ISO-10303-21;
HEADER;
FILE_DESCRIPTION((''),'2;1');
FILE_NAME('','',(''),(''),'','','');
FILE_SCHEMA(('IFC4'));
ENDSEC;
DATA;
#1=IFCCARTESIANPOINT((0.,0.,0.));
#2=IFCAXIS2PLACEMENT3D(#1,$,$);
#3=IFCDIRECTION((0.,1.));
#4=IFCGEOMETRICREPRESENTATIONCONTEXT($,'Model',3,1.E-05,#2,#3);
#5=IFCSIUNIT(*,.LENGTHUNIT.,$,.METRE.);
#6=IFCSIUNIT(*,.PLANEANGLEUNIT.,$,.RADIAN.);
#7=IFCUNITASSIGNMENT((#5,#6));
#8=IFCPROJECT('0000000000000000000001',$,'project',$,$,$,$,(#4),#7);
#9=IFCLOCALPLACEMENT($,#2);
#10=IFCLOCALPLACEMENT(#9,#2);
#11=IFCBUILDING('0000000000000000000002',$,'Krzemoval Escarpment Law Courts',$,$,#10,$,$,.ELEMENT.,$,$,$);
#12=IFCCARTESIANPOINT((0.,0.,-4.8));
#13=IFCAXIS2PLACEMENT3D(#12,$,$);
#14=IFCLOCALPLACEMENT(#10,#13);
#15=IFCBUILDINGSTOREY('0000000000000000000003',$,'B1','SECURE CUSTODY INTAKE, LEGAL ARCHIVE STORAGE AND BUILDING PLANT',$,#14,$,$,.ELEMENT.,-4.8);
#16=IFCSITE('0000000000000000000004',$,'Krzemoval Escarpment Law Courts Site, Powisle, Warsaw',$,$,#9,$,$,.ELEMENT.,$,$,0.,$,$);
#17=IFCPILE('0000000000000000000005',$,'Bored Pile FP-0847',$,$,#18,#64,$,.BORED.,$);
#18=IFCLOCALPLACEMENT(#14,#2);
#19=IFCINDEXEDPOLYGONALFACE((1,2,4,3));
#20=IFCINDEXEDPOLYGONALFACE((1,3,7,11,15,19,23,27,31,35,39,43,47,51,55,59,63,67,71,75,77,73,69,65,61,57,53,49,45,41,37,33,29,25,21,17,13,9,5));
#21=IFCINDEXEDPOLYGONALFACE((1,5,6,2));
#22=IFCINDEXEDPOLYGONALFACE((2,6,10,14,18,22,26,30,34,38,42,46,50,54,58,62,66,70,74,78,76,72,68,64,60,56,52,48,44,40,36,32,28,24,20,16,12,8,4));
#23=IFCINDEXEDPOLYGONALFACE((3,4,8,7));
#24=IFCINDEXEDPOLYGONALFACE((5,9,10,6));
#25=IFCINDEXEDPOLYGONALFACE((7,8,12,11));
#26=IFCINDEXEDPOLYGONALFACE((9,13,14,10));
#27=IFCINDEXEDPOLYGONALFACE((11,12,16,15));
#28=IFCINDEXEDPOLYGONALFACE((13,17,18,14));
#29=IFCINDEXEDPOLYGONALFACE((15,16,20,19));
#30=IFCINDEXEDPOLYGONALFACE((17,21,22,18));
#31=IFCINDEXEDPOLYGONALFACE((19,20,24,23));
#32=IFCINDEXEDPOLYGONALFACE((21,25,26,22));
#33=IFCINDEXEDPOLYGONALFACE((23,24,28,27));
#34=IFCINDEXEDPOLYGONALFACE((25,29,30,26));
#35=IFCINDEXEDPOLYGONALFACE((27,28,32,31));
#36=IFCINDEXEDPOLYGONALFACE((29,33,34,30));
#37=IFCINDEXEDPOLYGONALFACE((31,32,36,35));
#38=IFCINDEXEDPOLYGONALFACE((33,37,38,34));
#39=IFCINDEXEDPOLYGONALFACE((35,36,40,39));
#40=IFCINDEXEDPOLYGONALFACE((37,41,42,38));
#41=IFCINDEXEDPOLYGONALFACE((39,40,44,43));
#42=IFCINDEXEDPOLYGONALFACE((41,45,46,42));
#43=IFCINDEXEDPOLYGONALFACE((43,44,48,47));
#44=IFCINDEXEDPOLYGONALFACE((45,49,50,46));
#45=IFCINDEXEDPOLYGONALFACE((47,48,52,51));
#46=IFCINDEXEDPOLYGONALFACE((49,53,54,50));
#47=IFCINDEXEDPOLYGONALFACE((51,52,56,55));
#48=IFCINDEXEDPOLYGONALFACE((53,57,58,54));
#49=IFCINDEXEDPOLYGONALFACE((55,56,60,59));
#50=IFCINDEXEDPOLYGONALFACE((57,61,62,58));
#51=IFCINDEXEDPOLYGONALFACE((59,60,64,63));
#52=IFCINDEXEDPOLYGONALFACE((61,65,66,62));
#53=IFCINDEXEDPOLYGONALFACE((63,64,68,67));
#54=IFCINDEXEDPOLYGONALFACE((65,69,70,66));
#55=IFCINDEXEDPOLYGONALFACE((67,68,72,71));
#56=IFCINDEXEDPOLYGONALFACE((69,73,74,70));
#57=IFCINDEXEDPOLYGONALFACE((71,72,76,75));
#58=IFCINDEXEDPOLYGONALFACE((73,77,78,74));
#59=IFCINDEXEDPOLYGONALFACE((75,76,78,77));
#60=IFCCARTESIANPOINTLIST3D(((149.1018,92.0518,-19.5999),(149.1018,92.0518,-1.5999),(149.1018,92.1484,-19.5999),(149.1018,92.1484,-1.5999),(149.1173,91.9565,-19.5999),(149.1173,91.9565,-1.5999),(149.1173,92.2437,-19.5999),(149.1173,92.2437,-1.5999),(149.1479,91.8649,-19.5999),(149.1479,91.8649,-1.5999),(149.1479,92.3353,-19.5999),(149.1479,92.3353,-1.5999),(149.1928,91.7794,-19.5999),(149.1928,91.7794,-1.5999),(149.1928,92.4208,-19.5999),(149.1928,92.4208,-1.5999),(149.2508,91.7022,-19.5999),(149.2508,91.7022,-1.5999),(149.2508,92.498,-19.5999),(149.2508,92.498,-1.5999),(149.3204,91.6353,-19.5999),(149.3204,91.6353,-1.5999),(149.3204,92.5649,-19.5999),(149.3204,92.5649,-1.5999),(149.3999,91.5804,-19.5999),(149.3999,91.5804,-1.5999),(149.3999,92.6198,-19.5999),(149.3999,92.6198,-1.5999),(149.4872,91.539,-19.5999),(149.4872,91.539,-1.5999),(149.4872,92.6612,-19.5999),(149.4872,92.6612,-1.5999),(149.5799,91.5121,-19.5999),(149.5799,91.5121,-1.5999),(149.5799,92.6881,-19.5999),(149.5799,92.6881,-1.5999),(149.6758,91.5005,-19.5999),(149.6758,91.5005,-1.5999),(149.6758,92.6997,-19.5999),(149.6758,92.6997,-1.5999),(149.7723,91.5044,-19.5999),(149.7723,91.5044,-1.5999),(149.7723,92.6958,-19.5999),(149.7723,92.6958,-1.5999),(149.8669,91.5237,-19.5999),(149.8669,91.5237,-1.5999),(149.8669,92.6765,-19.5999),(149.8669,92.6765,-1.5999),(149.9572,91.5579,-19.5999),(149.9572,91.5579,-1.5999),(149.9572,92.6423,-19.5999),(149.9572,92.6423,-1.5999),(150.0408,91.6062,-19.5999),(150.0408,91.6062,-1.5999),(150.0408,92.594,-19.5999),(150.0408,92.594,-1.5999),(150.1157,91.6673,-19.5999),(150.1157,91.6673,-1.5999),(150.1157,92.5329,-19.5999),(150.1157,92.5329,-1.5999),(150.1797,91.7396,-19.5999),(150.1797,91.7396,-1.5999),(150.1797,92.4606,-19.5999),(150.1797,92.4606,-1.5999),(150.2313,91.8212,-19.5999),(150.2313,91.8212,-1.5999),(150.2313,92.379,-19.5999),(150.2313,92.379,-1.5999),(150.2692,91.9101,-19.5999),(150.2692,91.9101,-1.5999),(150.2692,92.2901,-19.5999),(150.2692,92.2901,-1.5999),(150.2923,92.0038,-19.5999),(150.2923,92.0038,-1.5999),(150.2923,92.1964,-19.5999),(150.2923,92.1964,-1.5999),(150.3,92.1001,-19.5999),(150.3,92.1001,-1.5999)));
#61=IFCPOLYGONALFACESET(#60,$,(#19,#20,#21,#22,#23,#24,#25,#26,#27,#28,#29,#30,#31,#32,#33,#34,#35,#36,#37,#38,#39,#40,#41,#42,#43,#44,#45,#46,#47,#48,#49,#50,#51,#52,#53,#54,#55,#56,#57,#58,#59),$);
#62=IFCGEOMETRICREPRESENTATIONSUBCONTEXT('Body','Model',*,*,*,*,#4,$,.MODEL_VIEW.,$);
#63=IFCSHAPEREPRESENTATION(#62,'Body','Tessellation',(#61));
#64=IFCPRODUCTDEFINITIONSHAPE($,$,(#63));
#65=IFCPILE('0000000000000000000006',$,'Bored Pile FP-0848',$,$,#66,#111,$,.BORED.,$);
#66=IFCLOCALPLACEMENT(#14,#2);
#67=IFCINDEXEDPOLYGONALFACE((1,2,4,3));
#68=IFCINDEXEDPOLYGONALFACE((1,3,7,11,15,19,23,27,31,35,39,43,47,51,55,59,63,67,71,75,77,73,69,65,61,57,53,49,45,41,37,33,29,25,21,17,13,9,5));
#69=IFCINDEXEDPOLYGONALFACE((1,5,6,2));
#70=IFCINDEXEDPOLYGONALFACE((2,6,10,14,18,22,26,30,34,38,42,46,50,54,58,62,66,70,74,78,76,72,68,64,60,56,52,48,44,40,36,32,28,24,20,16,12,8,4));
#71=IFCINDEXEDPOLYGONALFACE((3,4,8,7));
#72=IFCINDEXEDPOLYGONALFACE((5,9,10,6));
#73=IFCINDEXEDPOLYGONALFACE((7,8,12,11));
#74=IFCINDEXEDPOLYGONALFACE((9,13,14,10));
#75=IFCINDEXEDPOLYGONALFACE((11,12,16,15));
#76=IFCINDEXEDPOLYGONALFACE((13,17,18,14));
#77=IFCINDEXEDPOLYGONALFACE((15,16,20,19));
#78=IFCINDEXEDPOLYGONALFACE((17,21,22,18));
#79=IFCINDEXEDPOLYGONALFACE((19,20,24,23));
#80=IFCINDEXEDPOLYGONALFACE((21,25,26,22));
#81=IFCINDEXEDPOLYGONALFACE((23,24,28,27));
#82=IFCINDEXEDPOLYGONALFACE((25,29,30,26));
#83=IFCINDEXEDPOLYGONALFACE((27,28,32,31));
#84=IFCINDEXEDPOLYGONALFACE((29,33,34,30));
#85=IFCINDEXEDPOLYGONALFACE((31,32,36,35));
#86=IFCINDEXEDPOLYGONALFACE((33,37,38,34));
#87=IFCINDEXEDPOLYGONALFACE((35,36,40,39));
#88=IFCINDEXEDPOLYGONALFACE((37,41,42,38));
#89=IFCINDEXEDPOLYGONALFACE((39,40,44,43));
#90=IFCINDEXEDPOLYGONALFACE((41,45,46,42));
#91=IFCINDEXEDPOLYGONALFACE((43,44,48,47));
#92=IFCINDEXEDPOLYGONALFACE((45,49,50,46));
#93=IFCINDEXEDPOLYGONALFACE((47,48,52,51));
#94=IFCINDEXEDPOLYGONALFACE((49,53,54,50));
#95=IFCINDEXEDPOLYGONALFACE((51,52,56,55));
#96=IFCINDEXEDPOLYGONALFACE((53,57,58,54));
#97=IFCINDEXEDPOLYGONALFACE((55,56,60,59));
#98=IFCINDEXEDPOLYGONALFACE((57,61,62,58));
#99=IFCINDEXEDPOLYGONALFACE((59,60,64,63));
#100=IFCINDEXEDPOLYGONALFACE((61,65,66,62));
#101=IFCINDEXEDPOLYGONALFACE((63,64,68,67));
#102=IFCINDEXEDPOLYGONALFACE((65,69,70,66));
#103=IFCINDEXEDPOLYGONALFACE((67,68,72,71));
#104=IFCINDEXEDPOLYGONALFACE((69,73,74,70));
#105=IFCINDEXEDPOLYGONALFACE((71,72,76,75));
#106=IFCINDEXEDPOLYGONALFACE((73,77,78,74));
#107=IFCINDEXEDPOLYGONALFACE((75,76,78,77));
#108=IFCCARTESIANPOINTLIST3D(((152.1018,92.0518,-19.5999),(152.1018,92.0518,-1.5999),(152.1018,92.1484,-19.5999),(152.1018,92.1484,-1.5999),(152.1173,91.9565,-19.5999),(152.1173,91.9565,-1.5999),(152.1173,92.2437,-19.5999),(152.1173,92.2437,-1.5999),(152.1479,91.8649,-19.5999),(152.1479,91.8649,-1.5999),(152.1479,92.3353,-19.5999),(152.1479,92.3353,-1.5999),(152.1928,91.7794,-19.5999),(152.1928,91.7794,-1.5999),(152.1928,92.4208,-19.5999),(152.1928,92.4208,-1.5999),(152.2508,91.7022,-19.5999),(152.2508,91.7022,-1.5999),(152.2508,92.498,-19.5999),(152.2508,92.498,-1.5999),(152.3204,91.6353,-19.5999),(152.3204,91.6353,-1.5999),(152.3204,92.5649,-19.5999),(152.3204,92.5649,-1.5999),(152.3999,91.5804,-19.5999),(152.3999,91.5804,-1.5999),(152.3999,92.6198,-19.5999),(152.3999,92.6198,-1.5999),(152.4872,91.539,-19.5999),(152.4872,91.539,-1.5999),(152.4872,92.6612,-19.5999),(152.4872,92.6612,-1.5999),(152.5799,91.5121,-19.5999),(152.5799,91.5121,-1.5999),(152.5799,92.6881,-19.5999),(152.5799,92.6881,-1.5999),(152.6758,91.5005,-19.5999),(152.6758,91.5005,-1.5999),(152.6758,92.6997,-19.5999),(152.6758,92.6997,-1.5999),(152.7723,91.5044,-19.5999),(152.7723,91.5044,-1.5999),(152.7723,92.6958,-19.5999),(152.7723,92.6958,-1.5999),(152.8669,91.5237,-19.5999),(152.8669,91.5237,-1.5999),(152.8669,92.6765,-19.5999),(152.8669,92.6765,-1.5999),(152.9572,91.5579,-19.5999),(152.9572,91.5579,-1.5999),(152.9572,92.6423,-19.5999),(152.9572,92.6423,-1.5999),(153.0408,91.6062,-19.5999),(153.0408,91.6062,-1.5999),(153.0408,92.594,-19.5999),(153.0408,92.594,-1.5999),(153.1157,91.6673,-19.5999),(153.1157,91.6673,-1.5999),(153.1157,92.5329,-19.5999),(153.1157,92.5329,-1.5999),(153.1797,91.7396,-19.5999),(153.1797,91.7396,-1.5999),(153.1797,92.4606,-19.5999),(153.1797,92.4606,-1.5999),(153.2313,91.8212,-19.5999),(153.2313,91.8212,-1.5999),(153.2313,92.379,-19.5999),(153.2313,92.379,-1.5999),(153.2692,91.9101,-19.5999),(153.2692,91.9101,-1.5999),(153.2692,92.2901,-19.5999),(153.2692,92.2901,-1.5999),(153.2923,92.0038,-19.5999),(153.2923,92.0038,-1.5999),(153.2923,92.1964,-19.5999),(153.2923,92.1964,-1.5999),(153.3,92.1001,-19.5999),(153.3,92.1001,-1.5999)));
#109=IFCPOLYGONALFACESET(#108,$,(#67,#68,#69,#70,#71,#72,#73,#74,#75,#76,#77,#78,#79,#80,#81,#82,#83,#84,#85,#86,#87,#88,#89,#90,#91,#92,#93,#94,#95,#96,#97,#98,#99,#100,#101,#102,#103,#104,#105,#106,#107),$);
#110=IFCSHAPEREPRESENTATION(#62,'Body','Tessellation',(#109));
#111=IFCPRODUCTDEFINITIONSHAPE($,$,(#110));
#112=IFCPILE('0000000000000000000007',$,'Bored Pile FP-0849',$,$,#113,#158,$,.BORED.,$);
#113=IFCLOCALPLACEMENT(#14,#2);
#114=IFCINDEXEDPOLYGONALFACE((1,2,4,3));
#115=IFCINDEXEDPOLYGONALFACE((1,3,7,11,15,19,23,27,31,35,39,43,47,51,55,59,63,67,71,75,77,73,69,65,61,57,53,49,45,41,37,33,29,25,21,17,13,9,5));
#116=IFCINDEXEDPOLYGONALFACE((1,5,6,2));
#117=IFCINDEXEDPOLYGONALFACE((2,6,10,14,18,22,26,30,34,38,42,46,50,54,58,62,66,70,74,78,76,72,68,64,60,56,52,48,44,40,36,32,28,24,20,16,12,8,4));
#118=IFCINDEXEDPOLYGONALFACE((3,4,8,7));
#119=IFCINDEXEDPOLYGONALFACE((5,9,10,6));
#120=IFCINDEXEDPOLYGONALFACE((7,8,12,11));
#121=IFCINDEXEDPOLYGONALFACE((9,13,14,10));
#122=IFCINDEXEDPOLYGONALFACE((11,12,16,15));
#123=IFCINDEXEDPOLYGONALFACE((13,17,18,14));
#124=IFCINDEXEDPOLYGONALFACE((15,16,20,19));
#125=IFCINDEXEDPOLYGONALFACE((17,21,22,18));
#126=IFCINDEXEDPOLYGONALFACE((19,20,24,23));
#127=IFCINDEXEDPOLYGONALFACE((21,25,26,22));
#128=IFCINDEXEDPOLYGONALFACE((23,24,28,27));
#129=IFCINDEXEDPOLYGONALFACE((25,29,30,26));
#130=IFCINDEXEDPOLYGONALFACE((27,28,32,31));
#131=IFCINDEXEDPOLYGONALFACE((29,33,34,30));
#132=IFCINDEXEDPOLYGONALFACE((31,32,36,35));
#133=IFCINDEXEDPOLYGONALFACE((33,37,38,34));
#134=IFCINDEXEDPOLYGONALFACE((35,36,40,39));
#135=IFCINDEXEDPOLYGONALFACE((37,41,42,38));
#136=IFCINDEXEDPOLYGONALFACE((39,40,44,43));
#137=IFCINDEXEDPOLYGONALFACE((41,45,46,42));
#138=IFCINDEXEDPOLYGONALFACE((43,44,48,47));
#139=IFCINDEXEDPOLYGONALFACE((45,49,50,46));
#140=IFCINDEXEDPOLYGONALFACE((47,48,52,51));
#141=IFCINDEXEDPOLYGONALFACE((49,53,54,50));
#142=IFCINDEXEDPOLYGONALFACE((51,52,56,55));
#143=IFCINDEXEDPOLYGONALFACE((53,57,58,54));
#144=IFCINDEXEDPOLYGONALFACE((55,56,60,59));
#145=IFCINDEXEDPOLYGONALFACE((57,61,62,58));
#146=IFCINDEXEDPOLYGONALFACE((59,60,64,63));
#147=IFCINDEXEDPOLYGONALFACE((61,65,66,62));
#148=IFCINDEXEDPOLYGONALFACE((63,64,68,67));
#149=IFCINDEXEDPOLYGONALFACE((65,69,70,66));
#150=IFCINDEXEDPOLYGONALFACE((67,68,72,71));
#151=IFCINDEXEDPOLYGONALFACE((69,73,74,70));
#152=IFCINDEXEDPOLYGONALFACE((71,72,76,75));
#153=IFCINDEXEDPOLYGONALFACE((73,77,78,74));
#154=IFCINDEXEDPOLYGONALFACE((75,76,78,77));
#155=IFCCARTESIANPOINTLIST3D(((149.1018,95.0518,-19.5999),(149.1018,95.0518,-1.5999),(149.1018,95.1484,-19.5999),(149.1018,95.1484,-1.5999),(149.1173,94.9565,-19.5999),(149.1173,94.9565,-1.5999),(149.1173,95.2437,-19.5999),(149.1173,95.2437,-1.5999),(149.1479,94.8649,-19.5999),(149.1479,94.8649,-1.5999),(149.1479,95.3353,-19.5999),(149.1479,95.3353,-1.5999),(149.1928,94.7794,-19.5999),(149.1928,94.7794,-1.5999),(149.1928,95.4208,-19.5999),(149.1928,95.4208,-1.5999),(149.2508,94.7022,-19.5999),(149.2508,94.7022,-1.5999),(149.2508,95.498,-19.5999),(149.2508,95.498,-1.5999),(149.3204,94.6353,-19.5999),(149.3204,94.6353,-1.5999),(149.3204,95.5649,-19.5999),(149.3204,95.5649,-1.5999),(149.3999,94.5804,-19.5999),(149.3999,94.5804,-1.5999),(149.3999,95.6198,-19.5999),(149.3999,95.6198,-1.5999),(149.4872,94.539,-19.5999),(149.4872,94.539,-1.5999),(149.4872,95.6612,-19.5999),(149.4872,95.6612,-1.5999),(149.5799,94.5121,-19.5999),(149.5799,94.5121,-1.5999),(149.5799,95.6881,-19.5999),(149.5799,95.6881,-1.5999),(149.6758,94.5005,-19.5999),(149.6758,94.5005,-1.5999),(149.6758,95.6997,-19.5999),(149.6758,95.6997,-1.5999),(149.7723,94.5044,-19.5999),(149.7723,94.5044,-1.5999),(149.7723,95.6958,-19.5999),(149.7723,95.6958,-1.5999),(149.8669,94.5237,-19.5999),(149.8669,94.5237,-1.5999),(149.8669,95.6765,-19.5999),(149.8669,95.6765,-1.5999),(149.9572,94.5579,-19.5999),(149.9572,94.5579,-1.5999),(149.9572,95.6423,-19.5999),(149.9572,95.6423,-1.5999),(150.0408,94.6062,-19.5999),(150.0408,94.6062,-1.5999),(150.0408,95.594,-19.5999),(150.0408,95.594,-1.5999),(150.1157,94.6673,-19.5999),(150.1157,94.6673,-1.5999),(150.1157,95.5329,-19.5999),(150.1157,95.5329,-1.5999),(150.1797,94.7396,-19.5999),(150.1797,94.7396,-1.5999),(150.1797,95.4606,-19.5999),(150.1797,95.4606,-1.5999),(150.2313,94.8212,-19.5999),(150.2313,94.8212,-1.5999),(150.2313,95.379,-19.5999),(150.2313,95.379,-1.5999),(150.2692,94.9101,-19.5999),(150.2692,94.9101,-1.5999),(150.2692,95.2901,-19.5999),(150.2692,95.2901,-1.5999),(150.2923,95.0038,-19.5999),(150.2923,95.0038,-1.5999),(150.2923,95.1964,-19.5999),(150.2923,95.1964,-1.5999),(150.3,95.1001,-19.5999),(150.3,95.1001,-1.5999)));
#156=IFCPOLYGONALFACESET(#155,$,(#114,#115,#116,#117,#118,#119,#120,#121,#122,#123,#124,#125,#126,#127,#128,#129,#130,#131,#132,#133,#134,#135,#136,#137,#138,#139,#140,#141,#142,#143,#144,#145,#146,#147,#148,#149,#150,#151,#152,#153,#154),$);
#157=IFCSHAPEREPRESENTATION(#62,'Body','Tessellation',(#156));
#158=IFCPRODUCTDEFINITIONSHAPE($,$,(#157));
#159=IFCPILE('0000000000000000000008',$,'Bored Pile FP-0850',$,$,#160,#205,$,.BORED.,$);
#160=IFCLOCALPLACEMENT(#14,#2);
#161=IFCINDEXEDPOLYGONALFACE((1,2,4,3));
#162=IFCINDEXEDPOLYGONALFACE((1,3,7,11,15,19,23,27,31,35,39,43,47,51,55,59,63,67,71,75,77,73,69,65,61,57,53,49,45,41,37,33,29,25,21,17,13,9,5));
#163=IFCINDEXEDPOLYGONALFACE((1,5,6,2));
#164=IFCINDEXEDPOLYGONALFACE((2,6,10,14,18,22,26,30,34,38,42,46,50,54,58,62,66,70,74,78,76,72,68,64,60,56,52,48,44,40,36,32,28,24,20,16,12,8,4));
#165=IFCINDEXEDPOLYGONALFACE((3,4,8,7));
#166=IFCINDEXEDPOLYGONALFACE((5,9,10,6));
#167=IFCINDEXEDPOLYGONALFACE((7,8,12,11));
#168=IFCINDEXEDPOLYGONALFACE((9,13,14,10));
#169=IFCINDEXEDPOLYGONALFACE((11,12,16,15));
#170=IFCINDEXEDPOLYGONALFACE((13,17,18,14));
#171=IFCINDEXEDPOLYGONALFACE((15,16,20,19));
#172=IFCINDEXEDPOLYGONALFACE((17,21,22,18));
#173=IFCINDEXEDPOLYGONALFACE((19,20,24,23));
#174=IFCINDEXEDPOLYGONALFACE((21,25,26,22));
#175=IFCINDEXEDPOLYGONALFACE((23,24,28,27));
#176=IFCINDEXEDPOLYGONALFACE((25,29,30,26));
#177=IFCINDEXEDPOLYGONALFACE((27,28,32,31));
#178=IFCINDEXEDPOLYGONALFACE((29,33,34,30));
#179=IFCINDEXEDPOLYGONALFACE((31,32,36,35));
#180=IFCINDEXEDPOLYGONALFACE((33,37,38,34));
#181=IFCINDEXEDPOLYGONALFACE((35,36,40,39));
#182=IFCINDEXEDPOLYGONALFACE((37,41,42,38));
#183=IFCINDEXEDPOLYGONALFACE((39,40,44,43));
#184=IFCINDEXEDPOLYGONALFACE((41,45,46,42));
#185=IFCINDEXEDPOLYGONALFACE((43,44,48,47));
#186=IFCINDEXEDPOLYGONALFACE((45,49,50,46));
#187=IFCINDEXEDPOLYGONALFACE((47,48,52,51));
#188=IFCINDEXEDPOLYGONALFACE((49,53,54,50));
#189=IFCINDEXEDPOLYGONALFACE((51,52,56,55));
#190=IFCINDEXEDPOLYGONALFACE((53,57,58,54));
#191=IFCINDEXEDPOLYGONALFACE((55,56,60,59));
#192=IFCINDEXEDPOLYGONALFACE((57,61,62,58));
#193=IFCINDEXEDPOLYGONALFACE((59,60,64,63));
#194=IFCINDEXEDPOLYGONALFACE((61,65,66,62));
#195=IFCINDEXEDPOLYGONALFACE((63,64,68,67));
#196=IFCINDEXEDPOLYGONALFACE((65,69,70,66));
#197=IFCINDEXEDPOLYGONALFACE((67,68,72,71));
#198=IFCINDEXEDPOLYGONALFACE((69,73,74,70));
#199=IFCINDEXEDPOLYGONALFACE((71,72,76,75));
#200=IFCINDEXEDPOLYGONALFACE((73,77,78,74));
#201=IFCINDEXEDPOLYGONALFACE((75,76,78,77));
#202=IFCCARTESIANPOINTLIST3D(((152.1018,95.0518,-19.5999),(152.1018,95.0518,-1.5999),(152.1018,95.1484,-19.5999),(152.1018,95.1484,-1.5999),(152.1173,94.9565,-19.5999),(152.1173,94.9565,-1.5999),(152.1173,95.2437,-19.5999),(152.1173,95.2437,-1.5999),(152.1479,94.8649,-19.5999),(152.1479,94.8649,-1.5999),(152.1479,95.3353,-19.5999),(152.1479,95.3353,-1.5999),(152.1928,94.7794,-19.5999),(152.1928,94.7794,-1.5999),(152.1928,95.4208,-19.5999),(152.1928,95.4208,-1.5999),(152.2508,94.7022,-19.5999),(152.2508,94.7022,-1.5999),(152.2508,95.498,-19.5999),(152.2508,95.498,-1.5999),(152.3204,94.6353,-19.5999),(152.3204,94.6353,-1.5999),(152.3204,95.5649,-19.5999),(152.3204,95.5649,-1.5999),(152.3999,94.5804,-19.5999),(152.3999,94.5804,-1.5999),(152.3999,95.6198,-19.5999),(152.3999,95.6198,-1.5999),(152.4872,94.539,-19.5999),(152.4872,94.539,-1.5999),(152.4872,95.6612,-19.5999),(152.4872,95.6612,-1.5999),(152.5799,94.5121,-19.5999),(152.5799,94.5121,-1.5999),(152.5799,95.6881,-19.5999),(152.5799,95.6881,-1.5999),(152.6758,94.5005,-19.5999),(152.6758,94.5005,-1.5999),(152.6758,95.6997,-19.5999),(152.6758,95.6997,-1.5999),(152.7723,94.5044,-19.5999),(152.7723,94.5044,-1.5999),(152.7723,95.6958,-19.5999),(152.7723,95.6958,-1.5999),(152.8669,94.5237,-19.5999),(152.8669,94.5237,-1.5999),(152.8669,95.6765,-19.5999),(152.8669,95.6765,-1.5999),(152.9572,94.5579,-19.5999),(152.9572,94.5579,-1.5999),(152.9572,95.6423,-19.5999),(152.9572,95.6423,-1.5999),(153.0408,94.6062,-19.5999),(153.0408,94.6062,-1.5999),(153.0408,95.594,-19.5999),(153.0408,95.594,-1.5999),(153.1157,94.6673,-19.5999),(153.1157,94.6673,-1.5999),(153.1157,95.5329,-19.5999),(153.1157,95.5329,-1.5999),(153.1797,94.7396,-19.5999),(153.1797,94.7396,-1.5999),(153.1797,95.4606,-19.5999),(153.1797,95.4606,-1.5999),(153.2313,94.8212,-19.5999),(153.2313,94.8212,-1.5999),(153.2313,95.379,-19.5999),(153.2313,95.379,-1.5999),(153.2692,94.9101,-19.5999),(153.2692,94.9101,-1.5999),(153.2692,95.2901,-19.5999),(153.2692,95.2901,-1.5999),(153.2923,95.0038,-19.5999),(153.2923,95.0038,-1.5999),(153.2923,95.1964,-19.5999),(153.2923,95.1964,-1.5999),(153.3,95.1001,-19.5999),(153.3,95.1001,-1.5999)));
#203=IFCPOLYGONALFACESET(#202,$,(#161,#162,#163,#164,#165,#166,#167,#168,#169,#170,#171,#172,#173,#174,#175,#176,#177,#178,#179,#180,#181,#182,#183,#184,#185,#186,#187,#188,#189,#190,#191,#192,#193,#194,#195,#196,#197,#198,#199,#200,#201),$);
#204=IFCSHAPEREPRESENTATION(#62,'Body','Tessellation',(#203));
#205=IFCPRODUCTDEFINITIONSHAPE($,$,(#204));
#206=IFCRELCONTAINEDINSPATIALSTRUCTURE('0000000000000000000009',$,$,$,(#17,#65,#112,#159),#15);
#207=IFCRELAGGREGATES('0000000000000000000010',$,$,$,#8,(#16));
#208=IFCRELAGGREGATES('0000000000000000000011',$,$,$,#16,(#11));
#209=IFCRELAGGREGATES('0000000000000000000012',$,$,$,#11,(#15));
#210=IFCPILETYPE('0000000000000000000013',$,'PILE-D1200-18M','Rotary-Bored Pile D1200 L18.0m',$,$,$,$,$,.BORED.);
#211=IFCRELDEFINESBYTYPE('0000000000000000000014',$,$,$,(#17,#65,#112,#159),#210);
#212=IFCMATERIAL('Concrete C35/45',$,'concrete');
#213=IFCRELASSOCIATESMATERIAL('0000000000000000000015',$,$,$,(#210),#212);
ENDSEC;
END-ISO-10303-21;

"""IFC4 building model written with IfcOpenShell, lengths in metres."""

from ifc_helpers import new_model, si_unit, direction, frame, origin, origin_2d, place, context, subcontext, project, spatial, circle, extrude, material, material_profile, profile_set, type_object, element, save


model = new_model("IFC4")

# Units and contexts
model_context = context("Model", 3, precision=1e-05, world=origin(), true_north=direction((0.0, 1.0)))
body_context = subcontext(model_context, "Body", "Model", "MODEL_VIEW")
ifc_project = project(units=[si_unit("LENGTHUNIT", "METRE"), si_unit("PLANEANGLEUNIT", "RADIAN")], contexts=[model_context])

# Site, building, storey
site_placement = place(None, origin())
site = spatial("IfcSite", under=ifc_project, at=site_placement, Name="Krzemoval Escarpment Law Courts Site, Powisle, Warsaw", CompositionType="ELEMENT", RefElevation=0.0)
building_placement = place(site_placement, origin())
building = spatial("IfcBuilding", under=site, at=building_placement, Name="Krzemoval Escarpment Law Courts", CompositionType="ELEMENT")
storey_placement = place(building_placement, frame((0.0, 0.0, -4.8)))
storey = spatial("IfcBuildingStorey", under=building, at=storey_placement, Name="B1", Description="SECURE CUSTODY INTAKE, LEGAL ARCHIVE STORAGE AND BUILDING PLANT", CompositionType="ELEMENT", Elevation=-4.8)

# Piles
ifc_material_1 = material(Name="Concrete C35/45", Category="concrete")
ifc_material_profile_1 = material_profile(ifc_material_1, circle(Radius=0.6001, at=origin_2d()), Name="PILE D1200")
ifc_profile_set_1 = profile_set([ifc_material_profile_1], Name="Concrete C35/45")
pile_type = type_object("IfcPileType", Name="PILE-D1200-18M", Description="Rotary-Bored Pile D1200 L18.0m", PredefinedType="BORED", material=ifc_profile_set_1)
for number, where, z_axis, x_axis, name in (
    (1, (149.7, 92.1001, -1.5999), (0.0, 0.0, -1.0), (1.0, 0.0, 0.0), "Bored Pile FP-0847"),
    (2, (152.7, 92.1001, -1.5999), (0.0, 0.0, -1.0), (1.0, 0.0, 0.0), "Bored Pile FP-0848"),
    (3, (149.7, 95.1001, -1.5999), (0.0, 0.0, -1.0), (1.0, 0.0, 0.0), "Bored Pile FP-0849"),
    (4, (152.7, 95.1001, -1.5999), (0.0, 0.0, -1.0), (1.0, 0.0, 0.0), "Bored Pile FP-0850"),
):
    element("IfcPile", number, at=place(storey_placement, frame(where, z_axis=z_axis, x_axis=x_axis)), inside=storey, type_object=pile_type, Name=name, PredefinedType="BORED", context=body_context, shape_type="SweptSolid", body=[
        extrude(circle(Radius=0.6001, at=origin_2d()), origin(), (0.0, 0.0, 1.0), 18.0),
    ])

save(model, "model.ifc")
